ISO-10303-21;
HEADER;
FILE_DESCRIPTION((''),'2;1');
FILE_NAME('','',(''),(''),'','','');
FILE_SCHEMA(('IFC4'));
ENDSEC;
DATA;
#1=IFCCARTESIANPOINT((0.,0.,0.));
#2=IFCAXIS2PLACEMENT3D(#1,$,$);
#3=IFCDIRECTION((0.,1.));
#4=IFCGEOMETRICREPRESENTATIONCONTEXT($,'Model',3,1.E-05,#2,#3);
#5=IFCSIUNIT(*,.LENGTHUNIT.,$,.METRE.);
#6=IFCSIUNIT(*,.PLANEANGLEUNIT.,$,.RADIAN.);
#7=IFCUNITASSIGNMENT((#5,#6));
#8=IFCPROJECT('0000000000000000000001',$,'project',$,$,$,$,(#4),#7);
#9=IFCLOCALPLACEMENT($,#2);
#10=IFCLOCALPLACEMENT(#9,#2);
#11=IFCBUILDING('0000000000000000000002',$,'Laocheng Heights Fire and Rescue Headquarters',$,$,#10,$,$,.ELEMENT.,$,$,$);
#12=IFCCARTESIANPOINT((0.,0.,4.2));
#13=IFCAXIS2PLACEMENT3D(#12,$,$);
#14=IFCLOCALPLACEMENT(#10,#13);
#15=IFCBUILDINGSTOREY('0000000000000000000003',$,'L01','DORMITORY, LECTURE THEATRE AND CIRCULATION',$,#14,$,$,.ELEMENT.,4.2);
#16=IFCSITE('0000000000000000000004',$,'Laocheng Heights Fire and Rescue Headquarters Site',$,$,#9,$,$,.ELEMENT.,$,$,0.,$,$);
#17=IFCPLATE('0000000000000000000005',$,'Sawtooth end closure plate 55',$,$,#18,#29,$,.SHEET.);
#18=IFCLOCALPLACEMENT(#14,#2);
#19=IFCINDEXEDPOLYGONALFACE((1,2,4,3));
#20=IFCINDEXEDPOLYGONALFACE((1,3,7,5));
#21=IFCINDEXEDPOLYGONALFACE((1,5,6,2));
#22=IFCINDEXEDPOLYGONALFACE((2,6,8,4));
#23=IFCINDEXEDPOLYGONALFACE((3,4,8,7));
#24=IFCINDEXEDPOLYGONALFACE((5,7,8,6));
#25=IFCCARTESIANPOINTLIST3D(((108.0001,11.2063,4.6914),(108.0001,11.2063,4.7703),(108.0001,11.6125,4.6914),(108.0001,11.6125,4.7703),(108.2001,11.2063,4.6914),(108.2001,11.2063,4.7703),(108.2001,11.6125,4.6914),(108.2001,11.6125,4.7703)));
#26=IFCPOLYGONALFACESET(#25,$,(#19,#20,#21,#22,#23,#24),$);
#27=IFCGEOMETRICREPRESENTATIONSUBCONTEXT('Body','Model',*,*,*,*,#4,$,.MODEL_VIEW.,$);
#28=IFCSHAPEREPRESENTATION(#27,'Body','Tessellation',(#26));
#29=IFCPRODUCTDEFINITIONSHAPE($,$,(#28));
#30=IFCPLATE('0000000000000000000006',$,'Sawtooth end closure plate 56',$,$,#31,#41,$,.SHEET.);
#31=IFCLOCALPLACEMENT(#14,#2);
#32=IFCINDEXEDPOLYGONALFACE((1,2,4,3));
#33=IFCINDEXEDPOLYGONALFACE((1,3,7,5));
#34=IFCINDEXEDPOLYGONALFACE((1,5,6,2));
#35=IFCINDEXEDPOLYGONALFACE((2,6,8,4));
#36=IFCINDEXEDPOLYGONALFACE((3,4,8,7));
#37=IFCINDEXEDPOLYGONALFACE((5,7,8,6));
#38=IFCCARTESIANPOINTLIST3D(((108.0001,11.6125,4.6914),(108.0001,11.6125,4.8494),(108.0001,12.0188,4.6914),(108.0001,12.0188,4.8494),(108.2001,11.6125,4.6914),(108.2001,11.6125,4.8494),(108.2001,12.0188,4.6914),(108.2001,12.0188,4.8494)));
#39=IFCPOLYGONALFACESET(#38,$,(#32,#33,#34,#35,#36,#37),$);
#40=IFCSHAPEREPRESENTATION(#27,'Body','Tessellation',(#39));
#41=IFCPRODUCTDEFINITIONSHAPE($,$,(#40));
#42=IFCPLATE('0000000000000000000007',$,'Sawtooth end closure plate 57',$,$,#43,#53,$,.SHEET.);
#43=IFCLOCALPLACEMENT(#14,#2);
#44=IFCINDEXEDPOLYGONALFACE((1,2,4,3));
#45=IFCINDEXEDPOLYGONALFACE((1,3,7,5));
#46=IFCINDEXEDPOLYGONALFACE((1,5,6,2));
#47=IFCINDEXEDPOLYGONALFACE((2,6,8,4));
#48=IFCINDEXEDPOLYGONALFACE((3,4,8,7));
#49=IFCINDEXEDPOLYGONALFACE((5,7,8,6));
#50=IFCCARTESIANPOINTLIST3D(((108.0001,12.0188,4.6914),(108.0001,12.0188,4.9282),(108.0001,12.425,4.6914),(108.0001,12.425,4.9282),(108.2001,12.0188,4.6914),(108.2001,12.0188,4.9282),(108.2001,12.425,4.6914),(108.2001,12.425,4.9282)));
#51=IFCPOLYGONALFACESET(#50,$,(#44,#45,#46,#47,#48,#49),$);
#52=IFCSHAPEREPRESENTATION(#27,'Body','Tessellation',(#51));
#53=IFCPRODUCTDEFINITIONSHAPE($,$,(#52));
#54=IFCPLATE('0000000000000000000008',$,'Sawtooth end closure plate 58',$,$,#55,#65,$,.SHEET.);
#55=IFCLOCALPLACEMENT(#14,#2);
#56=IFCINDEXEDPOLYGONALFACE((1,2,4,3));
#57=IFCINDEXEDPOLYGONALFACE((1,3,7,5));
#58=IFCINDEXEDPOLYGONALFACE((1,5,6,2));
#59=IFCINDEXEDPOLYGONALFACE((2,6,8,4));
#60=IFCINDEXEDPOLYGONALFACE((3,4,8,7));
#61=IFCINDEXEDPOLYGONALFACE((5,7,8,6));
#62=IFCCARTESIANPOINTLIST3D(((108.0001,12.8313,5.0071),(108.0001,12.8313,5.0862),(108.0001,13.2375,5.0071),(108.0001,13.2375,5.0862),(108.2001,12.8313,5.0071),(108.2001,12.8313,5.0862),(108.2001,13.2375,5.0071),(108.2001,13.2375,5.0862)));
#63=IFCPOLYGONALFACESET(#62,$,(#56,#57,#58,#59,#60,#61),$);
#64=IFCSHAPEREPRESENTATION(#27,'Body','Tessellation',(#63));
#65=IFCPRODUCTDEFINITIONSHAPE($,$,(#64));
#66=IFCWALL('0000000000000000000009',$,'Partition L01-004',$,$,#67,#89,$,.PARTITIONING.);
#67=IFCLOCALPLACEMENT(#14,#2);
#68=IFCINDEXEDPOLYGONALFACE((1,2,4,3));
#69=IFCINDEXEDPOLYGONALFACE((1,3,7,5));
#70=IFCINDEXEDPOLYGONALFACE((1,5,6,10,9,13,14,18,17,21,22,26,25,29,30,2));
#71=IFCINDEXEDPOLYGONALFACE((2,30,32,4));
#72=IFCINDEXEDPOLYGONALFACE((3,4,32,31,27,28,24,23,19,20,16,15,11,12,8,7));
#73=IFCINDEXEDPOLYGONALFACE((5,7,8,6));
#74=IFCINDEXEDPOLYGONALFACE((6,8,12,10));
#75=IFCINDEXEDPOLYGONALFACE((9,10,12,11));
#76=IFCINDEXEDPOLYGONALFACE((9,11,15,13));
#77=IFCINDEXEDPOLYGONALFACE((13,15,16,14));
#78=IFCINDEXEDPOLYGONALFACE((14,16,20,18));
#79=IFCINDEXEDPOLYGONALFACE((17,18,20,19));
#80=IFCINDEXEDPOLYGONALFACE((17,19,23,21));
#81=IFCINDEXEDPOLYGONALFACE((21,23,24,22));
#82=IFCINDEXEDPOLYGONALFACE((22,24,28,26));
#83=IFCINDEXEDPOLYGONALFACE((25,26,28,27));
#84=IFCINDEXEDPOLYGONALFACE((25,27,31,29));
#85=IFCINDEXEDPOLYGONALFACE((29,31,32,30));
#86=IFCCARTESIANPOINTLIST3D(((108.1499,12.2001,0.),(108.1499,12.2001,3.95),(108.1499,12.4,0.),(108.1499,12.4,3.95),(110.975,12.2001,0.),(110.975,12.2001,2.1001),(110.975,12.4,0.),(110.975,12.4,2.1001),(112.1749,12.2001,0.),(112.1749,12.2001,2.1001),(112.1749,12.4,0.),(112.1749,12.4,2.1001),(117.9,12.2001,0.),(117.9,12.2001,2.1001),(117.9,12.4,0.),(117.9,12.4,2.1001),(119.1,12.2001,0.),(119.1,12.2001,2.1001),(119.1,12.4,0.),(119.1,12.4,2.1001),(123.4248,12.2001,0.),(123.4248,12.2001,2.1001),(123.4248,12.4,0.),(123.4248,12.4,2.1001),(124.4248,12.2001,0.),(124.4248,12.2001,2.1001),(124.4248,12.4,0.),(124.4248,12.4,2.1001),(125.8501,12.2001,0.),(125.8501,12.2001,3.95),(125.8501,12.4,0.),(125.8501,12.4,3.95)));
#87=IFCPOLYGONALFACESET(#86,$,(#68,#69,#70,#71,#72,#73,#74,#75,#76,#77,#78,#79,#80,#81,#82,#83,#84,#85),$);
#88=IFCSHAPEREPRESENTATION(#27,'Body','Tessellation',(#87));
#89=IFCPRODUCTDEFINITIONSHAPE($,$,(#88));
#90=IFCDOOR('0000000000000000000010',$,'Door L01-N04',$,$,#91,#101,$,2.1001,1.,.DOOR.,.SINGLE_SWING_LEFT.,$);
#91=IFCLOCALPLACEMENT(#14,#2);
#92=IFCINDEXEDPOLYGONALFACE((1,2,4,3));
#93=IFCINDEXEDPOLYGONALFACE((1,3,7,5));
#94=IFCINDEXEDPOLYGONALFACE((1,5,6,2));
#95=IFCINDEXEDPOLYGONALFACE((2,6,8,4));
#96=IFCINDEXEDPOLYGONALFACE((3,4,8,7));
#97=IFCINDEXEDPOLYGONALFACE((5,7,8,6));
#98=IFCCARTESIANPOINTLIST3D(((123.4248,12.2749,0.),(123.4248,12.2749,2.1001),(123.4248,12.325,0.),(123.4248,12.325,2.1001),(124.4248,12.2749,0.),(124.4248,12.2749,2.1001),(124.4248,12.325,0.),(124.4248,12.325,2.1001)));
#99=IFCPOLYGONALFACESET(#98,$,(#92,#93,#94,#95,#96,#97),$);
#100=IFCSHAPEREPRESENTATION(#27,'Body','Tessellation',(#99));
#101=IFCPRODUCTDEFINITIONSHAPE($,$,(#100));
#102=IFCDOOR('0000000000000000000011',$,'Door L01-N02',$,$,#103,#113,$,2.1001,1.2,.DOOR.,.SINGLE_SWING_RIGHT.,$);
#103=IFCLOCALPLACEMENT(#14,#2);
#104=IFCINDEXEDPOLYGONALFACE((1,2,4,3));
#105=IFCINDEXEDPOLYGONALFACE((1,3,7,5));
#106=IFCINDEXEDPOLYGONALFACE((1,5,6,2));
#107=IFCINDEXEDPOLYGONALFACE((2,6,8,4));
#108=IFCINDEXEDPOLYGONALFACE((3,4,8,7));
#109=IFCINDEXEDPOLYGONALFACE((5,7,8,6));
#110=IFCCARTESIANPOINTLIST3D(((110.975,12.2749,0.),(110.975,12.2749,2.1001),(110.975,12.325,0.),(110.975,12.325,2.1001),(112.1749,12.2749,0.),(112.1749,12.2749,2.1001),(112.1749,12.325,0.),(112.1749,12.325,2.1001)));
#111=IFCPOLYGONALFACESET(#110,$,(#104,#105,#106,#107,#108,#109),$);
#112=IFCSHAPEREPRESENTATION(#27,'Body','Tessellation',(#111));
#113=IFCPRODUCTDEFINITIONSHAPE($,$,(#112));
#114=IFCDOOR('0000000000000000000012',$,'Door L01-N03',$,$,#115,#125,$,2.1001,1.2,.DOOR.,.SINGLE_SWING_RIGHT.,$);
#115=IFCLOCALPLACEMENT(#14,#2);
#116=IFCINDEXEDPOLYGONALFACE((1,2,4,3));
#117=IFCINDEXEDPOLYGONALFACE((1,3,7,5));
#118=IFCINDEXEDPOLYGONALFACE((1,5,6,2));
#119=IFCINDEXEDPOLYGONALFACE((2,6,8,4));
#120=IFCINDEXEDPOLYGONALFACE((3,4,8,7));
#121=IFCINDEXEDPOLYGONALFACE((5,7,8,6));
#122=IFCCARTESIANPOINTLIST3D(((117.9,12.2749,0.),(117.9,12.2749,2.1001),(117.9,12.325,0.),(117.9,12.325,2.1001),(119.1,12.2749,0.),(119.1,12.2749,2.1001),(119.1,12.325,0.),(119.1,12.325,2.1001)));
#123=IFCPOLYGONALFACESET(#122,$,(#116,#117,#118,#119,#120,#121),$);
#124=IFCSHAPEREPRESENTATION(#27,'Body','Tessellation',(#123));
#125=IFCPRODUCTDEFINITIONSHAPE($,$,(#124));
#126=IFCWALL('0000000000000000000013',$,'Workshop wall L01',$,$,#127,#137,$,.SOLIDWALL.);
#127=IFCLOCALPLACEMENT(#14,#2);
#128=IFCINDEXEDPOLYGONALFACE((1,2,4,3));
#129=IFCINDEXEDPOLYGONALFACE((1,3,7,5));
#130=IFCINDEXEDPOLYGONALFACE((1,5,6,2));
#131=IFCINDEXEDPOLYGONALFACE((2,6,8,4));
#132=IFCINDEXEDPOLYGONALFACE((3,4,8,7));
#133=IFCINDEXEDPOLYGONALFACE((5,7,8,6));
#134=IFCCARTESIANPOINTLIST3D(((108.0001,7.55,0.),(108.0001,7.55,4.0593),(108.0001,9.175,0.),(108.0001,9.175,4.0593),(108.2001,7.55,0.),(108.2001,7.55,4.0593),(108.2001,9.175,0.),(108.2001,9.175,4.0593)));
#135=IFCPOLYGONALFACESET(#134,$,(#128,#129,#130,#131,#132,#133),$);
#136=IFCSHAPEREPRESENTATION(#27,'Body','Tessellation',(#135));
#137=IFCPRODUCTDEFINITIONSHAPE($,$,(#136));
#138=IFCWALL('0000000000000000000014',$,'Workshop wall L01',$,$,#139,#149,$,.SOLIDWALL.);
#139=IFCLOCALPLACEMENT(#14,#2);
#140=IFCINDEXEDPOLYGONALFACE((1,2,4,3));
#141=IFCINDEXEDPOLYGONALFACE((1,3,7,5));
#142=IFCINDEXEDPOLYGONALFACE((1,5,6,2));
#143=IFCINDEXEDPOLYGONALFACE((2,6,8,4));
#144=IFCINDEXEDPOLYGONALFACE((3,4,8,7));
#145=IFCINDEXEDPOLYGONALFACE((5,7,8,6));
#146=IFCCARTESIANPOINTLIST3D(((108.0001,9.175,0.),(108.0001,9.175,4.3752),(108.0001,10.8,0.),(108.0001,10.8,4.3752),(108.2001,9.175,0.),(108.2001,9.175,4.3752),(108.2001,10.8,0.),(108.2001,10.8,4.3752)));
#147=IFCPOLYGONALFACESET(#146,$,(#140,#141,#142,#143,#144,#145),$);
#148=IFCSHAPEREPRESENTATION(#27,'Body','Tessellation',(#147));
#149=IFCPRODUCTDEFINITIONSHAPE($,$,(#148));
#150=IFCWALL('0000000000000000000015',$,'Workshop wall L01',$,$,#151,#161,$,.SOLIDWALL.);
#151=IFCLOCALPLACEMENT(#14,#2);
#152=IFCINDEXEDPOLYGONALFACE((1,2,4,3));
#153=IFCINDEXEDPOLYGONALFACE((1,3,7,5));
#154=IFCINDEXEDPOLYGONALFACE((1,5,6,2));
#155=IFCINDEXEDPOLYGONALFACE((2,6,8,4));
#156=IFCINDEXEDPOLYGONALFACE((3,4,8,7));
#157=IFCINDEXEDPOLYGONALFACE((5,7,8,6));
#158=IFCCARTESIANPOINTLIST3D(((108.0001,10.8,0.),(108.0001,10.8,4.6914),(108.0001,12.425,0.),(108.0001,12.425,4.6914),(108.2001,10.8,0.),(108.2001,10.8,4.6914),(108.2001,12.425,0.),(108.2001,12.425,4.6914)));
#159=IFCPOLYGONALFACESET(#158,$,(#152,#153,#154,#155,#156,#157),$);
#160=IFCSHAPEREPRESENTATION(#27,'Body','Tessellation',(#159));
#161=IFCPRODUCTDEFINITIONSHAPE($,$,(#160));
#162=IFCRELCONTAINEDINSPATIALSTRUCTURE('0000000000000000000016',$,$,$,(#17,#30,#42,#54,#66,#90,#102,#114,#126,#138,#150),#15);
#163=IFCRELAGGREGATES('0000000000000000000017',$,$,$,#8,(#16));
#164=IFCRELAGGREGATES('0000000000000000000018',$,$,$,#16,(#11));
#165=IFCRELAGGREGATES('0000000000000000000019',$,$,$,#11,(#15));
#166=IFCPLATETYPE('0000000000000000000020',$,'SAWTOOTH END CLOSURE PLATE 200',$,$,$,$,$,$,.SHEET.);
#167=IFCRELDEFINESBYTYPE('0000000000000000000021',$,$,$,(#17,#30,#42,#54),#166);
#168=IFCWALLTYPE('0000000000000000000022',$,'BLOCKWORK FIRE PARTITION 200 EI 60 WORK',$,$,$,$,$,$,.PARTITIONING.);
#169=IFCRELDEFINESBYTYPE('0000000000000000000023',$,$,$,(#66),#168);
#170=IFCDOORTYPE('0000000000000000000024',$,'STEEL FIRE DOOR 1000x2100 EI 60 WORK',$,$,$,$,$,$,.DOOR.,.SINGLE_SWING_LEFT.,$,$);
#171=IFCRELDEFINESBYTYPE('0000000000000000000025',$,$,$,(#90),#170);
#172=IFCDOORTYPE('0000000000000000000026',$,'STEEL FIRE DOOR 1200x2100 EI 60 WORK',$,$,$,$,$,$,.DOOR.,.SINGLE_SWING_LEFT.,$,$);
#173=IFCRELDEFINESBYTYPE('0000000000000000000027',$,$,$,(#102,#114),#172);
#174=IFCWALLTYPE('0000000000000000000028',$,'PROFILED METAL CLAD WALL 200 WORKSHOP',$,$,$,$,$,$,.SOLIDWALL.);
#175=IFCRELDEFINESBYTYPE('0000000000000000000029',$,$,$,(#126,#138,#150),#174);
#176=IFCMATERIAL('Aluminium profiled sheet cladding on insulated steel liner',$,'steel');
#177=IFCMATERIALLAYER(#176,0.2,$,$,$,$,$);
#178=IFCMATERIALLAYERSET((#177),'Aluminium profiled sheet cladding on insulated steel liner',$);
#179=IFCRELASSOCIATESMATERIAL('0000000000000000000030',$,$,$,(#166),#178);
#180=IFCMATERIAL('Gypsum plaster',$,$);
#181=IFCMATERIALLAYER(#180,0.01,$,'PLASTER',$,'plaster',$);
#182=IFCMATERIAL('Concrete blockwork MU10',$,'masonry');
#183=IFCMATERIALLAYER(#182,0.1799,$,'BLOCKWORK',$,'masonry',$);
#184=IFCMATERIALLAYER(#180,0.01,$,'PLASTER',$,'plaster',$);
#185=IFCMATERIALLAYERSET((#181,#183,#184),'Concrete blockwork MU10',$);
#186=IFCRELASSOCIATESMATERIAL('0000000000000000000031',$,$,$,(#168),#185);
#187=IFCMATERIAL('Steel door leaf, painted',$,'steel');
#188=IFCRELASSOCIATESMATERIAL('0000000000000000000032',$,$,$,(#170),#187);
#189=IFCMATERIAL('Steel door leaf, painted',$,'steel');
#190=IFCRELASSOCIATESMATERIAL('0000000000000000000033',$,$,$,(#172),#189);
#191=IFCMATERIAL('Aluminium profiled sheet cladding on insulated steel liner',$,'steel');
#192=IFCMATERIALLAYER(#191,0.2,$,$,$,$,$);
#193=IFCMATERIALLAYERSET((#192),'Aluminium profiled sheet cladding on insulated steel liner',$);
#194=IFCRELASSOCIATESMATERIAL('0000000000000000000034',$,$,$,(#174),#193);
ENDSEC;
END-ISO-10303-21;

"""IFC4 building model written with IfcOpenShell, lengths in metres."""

from ifc_helpers import new_model, si_unit, direction, frame, frame_2d, origin, origin_2d, place, context, subcontext, project, spatial, rectangle, extrude, material, layer, layer_set, type_object, element, fill, save


model = new_model("IFC4")

# Units and contexts
model_context = context("Model", 3, precision=1e-05, world=origin(), true_north=direction((0.0, 1.0)))
body_context = subcontext(model_context, "Body", "Model", "MODEL_VIEW")
ifc_project = project(units=[si_unit("LENGTHUNIT", "METRE"), si_unit("PLANEANGLEUNIT", "RADIAN")], contexts=[model_context])

# Site, building, storey
site_placement = place(None, origin())
site = spatial("IfcSite", under=ifc_project, at=site_placement, Name="Laocheng Heights Fire and Rescue Headquarters Site", CompositionType="ELEMENT", RefElevation=0.0)
building_placement = place(site_placement, origin())
building = spatial("IfcBuilding", under=site, at=building_placement, Name="Laocheng Heights Fire and Rescue Headquarters", CompositionType="ELEMENT")
storey_placement = place(building_placement, frame((0.0, 0.0, 4.2)))
storey = spatial("IfcBuildingStorey", under=building, at=storey_placement, Name="L01", Description="DORMITORY, LECTURE THEATRE AND CIRCULATION", CompositionType="ELEMENT", Elevation=4.2)

# Plates
ifc_material_1 = material(Name="Aluminium profiled sheet cladding on insulated steel liner", Category="steel")
ifc_layer_1 = layer(ifc_material_1, 0.2)
ifc_layer_set_1 = layer_set([ifc_layer_1], Name="Aluminium profiled sheet cladding on insulated steel liner")
plate_type = type_object("IfcPlateType", Name="SAWTOOTH END CLOSURE PLATE 200", PredefinedType="SHEET", material=ifc_layer_set_1)
plate_1_placement = place(storey_placement, frame((108.1001, 11.4094, 4.6914), z_axis=(0.0, 0.0, 1.0), x_axis=(1.0, 0.0, 0.0)))
element("IfcPlate", 1, at=plate_1_placement, inside=storey, type_object=plate_type, Name="Sawtooth end closure plate 55", PredefinedType="SHEET", context=body_context, shape_type="SweptSolid", body=[
    extrude(rectangle(XDim=0.2, YDim=0.4062, at=origin_2d()), origin(), (0.0, 0.0, 1.0), 0.0789),
])
plate_2_placement = place(storey_placement, frame((108.1001, 11.8157, 4.6914), z_axis=(0.0, 0.0, 1.0), x_axis=(1.0, 0.0, 0.0)))
element("IfcPlate", 2, at=plate_2_placement, inside=storey, type_object=plate_type, Name="Sawtooth end closure plate 56", PredefinedType="SHEET", context=body_context, shape_type="SweptSolid", body=[
    extrude(rectangle(XDim=0.2, YDim=0.4062, at=origin_2d()), origin(), (0.0, 0.0, 1.0), 0.158),
])
plate_3_placement = place(storey_placement, frame((108.1001, 12.2219, 4.6914), z_axis=(0.0, 0.0, 1.0), x_axis=(1.0, 0.0, 0.0)))
element("IfcPlate", 3, at=plate_3_placement, inside=storey, type_object=plate_type, Name="Sawtooth end closure plate 57", PredefinedType="SHEET", context=body_context, shape_type="SweptSolid", body=[
    extrude(rectangle(XDim=0.2, YDim=0.4062, at=origin_2d()), origin(), (0.0, 0.0, 1.0), 0.2368),
])
plate_4_placement = place(storey_placement, frame((108.1001, 13.0344, 5.0071), z_axis=(0.0, 0.0, 1.0), x_axis=(1.0, 0.0, 0.0)))
element("IfcPlate", 4, at=plate_4_placement, inside=storey, type_object=plate_type, Name="Sawtooth end closure plate 58", PredefinedType="SHEET", context=body_context, shape_type="SweptSolid", body=[
    extrude(rectangle(XDim=0.2, YDim=0.4062, at=origin_2d()), origin(), (0.0, 0.0, 1.0), 0.0791),
])

# Wall, openings, doors
ifc_material_2 = material(Name="Gypsum plaster")
ifc_layer_2 = layer(ifc_material_2, 0.01, Name="PLASTER", Category="plaster")
ifc_material_3 = material(Name="Concrete blockwork MU10", Category="masonry")
ifc_layer_3 = layer(ifc_material_3, 0.1799, Name="BLOCKWORK", Category="masonry")
ifc_layer_4 = layer(ifc_material_2, 0.01, Name="PLASTER", Category="plaster")
ifc_layer_set_2 = layer_set([ifc_layer_2, ifc_layer_3, ifc_layer_4], Name="Concrete blockwork MU10")
wall_type_1 = type_object("IfcWallType", Name="BLOCKWORK FIRE PARTITION 200 EI 60 WORK", PredefinedType="PARTITIONING", material=ifc_layer_set_2)
wall_1_placement = place(storey_placement, frame((108.1499, 12.3, 0.0), z_axis=(0.0, 0.0, 1.0), x_axis=(1.0, 0.0, 0.0)))
wall_1 = element("IfcWall", 5, at=wall_1_placement, inside=storey, type_object=wall_type_1, Name="Partition L01-004", PredefinedType="PARTITIONING", context=body_context, shape_type="SweptSolid", body=[
    extrude(rectangle(XDim=17.7002, YDim=0.2, at=frame_2d((8.8501, 0.0))), origin(), (0.0, 0.0, 1.0), 3.95),
])
opening_1_placement = place(wall_1_placement, frame((2.825, 0.0, 0.0)))
opening_1 = element("IfcOpeningElement", 6, at=opening_1_placement, cuts=wall_1, PredefinedType="OPENING", context=body_context, shape_type="SweptSolid", body=[
    extrude(rectangle(XDim=1.2, YDim=2.1001, at=frame_2d((0.6001, 1.05))), frame((0.0, 0.1099, 0.0), z_axis=(0.0, -1.0, 0.0), x_axis=(1.0, 0.0, 0.0)), (0.0, 0.0, 1.0), 0.22),
])
opening_2_placement = place(wall_1_placement, frame((9.75, 0.0, 0.0)))
opening_2 = element("IfcOpeningElement", 7, at=opening_2_placement, cuts=wall_1, PredefinedType="OPENING", context=body_context, shape_type="SweptSolid", body=[
    extrude(rectangle(XDim=1.2, YDim=2.1001, at=frame_2d((0.6001, 1.05))), frame((0.0, 0.1099, 0.0), z_axis=(0.0, -1.0, 0.0), x_axis=(1.0, 0.0, 0.0)), (0.0, 0.0, 1.0), 0.22),
])
opening_3_placement = place(wall_1_placement, frame((15.2749, 0.0, 0.0)))
opening_3 = element("IfcOpeningElement", 8, at=opening_3_placement, cuts=wall_1, PredefinedType="OPENING", context=body_context, shape_type="SweptSolid", body=[
    extrude(rectangle(XDim=1.0, YDim=2.1001, at=frame_2d((0.5, 1.05))), frame((0.0, 0.1099, 0.0), z_axis=(0.0, -1.0, 0.0), x_axis=(1.0, 0.0, 0.0)), (0.0, 0.0, 1.0), 0.22),
])
ifc_material_4 = material(Name="Steel door leaf, painted", Category="steel")
door_type_1 = type_object("IfcDoorType", Name="STEEL FIRE DOOR 1000x2100 EI 60 WORK", OperationType="SINGLE_SWING_LEFT", PredefinedType="DOOR", material=ifc_material_4)
door_1_placement = place(opening_3_placement, origin())
door_1 = element("IfcDoor", 9, at=door_1_placement, inside=storey, type_object=door_type_1, Name="Door L01-N04", OperationType="SINGLE_SWING_LEFT", OverallHeight=2.1001, OverallWidth=1.0, PredefinedType="DOOR", context=body_context, shape_type="SweptSolid", body=[
    extrude(rectangle(XDim=1.0, YDim=2.1001, at=frame_2d((0.5, 1.05))), frame((0.0, 0.0249, 0.0), z_axis=(0.0, -1.0, 0.0), x_axis=(1.0, 0.0, 0.0)), (0.0, 0.0, 1.0), 0.05),
])
fill(opening_3, door_1)
ifc_material_5 = material(Name="Steel door leaf, painted", Category="steel")
door_type_2 = type_object("IfcDoorType", Name="STEEL FIRE DOOR 1200x2100 EI 60 WORK", OperationType="SINGLE_SWING_LEFT", PredefinedType="DOOR", material=ifc_material_5)
door_2_placement = place(opening_1_placement, origin())
door_2 = element("IfcDoor", 10, at=door_2_placement, inside=storey, type_object=door_type_2, Name="Door L01-N02", OperationType="SINGLE_SWING_RIGHT", OverallHeight=2.1001, OverallWidth=1.2, PredefinedType="DOOR", context=body_context, shape_type="SweptSolid", body=[
    extrude(rectangle(XDim=1.2, YDim=2.1001, at=frame_2d((0.6001, 1.05))), frame((0.0, 0.0249, 0.0), z_axis=(0.0, -1.0, 0.0), x_axis=(1.0, 0.0, 0.0)), (0.0, 0.0, 1.0), 0.05),
])
fill(opening_1, door_2)
door_3_placement = place(opening_2_placement, origin())
door_3 = element("IfcDoor", 11, at=door_3_placement, inside=storey, type_object=door_type_2, Name="Door L01-N03", OperationType="SINGLE_SWING_RIGHT", OverallHeight=2.1001, OverallWidth=1.2, PredefinedType="DOOR", context=body_context, shape_type="SweptSolid", body=[
    extrude(rectangle(XDim=1.2, YDim=2.1001, at=frame_2d((0.6001, 1.05))), frame((0.0, 0.0249, 0.0), z_axis=(0.0, -1.0, 0.0), x_axis=(1.0, 0.0, 0.0)), (0.0, 0.0, 1.0), 0.05),
])
fill(opening_2, door_3)

# Walls
ifc_material_6 = material(Name="Aluminium profiled sheet cladding on insulated steel liner", Category="steel")
ifc_layer_5 = layer(ifc_material_6, 0.2)
ifc_layer_set_3 = layer_set([ifc_layer_5], Name="Aluminium profiled sheet cladding on insulated steel liner")
wall_type_2 = type_object("IfcWallType", Name="PROFILED METAL CLAD WALL 200 WORKSHOP", PredefinedType="SOLIDWALL", material=ifc_layer_set_3)
wall_2_placement = place(storey_placement, frame((108.1001, 7.55, 0.0), z_axis=(0.0, 0.0, 1.0), x_axis=(0.0, 1.0, 0.0)))
element("IfcWall", 12, at=wall_2_placement, inside=storey, type_object=wall_type_2, Name="Workshop wall L01", PredefinedType="SOLIDWALL", context=body_context, shape_type="SweptSolid", body=[
    extrude(rectangle(XDim=1.625, YDim=0.2, at=frame_2d((0.8125, 0.0))), origin(), (0.0, 0.0, 1.0), 4.0593),
])
wall_3_placement = place(storey_placement, frame((108.1001, 9.175, 0.0), z_axis=(0.0, 0.0, 1.0), x_axis=(0.0, 1.0, 0.0)))
element("IfcWall", 13, at=wall_3_placement, inside=storey, type_object=wall_type_2, Name="Workshop wall L01", PredefinedType="SOLIDWALL", context=body_context, shape_type="SweptSolid", body=[
    extrude(rectangle(XDim=1.625, YDim=0.2, at=frame_2d((0.8125, 0.0))), origin(), (0.0, 0.0, 1.0), 4.3752),
])
wall_4_placement = place(storey_placement, frame((108.1001, 10.8, 0.0), z_axis=(0.0, 0.0, 1.0), x_axis=(0.0, 1.0, 0.0)))
element("IfcWall", 14, at=wall_4_placement, inside=storey, type_object=wall_type_2, Name="Workshop wall L01", PredefinedType="SOLIDWALL", context=body_context, shape_type="SweptSolid", body=[
    extrude(rectangle(XDim=1.625, YDim=0.2, at=frame_2d((0.8125, 0.0))), origin(), (0.0, 0.0, 1.0), 4.6914),
])

save(model, "model.ifc")
